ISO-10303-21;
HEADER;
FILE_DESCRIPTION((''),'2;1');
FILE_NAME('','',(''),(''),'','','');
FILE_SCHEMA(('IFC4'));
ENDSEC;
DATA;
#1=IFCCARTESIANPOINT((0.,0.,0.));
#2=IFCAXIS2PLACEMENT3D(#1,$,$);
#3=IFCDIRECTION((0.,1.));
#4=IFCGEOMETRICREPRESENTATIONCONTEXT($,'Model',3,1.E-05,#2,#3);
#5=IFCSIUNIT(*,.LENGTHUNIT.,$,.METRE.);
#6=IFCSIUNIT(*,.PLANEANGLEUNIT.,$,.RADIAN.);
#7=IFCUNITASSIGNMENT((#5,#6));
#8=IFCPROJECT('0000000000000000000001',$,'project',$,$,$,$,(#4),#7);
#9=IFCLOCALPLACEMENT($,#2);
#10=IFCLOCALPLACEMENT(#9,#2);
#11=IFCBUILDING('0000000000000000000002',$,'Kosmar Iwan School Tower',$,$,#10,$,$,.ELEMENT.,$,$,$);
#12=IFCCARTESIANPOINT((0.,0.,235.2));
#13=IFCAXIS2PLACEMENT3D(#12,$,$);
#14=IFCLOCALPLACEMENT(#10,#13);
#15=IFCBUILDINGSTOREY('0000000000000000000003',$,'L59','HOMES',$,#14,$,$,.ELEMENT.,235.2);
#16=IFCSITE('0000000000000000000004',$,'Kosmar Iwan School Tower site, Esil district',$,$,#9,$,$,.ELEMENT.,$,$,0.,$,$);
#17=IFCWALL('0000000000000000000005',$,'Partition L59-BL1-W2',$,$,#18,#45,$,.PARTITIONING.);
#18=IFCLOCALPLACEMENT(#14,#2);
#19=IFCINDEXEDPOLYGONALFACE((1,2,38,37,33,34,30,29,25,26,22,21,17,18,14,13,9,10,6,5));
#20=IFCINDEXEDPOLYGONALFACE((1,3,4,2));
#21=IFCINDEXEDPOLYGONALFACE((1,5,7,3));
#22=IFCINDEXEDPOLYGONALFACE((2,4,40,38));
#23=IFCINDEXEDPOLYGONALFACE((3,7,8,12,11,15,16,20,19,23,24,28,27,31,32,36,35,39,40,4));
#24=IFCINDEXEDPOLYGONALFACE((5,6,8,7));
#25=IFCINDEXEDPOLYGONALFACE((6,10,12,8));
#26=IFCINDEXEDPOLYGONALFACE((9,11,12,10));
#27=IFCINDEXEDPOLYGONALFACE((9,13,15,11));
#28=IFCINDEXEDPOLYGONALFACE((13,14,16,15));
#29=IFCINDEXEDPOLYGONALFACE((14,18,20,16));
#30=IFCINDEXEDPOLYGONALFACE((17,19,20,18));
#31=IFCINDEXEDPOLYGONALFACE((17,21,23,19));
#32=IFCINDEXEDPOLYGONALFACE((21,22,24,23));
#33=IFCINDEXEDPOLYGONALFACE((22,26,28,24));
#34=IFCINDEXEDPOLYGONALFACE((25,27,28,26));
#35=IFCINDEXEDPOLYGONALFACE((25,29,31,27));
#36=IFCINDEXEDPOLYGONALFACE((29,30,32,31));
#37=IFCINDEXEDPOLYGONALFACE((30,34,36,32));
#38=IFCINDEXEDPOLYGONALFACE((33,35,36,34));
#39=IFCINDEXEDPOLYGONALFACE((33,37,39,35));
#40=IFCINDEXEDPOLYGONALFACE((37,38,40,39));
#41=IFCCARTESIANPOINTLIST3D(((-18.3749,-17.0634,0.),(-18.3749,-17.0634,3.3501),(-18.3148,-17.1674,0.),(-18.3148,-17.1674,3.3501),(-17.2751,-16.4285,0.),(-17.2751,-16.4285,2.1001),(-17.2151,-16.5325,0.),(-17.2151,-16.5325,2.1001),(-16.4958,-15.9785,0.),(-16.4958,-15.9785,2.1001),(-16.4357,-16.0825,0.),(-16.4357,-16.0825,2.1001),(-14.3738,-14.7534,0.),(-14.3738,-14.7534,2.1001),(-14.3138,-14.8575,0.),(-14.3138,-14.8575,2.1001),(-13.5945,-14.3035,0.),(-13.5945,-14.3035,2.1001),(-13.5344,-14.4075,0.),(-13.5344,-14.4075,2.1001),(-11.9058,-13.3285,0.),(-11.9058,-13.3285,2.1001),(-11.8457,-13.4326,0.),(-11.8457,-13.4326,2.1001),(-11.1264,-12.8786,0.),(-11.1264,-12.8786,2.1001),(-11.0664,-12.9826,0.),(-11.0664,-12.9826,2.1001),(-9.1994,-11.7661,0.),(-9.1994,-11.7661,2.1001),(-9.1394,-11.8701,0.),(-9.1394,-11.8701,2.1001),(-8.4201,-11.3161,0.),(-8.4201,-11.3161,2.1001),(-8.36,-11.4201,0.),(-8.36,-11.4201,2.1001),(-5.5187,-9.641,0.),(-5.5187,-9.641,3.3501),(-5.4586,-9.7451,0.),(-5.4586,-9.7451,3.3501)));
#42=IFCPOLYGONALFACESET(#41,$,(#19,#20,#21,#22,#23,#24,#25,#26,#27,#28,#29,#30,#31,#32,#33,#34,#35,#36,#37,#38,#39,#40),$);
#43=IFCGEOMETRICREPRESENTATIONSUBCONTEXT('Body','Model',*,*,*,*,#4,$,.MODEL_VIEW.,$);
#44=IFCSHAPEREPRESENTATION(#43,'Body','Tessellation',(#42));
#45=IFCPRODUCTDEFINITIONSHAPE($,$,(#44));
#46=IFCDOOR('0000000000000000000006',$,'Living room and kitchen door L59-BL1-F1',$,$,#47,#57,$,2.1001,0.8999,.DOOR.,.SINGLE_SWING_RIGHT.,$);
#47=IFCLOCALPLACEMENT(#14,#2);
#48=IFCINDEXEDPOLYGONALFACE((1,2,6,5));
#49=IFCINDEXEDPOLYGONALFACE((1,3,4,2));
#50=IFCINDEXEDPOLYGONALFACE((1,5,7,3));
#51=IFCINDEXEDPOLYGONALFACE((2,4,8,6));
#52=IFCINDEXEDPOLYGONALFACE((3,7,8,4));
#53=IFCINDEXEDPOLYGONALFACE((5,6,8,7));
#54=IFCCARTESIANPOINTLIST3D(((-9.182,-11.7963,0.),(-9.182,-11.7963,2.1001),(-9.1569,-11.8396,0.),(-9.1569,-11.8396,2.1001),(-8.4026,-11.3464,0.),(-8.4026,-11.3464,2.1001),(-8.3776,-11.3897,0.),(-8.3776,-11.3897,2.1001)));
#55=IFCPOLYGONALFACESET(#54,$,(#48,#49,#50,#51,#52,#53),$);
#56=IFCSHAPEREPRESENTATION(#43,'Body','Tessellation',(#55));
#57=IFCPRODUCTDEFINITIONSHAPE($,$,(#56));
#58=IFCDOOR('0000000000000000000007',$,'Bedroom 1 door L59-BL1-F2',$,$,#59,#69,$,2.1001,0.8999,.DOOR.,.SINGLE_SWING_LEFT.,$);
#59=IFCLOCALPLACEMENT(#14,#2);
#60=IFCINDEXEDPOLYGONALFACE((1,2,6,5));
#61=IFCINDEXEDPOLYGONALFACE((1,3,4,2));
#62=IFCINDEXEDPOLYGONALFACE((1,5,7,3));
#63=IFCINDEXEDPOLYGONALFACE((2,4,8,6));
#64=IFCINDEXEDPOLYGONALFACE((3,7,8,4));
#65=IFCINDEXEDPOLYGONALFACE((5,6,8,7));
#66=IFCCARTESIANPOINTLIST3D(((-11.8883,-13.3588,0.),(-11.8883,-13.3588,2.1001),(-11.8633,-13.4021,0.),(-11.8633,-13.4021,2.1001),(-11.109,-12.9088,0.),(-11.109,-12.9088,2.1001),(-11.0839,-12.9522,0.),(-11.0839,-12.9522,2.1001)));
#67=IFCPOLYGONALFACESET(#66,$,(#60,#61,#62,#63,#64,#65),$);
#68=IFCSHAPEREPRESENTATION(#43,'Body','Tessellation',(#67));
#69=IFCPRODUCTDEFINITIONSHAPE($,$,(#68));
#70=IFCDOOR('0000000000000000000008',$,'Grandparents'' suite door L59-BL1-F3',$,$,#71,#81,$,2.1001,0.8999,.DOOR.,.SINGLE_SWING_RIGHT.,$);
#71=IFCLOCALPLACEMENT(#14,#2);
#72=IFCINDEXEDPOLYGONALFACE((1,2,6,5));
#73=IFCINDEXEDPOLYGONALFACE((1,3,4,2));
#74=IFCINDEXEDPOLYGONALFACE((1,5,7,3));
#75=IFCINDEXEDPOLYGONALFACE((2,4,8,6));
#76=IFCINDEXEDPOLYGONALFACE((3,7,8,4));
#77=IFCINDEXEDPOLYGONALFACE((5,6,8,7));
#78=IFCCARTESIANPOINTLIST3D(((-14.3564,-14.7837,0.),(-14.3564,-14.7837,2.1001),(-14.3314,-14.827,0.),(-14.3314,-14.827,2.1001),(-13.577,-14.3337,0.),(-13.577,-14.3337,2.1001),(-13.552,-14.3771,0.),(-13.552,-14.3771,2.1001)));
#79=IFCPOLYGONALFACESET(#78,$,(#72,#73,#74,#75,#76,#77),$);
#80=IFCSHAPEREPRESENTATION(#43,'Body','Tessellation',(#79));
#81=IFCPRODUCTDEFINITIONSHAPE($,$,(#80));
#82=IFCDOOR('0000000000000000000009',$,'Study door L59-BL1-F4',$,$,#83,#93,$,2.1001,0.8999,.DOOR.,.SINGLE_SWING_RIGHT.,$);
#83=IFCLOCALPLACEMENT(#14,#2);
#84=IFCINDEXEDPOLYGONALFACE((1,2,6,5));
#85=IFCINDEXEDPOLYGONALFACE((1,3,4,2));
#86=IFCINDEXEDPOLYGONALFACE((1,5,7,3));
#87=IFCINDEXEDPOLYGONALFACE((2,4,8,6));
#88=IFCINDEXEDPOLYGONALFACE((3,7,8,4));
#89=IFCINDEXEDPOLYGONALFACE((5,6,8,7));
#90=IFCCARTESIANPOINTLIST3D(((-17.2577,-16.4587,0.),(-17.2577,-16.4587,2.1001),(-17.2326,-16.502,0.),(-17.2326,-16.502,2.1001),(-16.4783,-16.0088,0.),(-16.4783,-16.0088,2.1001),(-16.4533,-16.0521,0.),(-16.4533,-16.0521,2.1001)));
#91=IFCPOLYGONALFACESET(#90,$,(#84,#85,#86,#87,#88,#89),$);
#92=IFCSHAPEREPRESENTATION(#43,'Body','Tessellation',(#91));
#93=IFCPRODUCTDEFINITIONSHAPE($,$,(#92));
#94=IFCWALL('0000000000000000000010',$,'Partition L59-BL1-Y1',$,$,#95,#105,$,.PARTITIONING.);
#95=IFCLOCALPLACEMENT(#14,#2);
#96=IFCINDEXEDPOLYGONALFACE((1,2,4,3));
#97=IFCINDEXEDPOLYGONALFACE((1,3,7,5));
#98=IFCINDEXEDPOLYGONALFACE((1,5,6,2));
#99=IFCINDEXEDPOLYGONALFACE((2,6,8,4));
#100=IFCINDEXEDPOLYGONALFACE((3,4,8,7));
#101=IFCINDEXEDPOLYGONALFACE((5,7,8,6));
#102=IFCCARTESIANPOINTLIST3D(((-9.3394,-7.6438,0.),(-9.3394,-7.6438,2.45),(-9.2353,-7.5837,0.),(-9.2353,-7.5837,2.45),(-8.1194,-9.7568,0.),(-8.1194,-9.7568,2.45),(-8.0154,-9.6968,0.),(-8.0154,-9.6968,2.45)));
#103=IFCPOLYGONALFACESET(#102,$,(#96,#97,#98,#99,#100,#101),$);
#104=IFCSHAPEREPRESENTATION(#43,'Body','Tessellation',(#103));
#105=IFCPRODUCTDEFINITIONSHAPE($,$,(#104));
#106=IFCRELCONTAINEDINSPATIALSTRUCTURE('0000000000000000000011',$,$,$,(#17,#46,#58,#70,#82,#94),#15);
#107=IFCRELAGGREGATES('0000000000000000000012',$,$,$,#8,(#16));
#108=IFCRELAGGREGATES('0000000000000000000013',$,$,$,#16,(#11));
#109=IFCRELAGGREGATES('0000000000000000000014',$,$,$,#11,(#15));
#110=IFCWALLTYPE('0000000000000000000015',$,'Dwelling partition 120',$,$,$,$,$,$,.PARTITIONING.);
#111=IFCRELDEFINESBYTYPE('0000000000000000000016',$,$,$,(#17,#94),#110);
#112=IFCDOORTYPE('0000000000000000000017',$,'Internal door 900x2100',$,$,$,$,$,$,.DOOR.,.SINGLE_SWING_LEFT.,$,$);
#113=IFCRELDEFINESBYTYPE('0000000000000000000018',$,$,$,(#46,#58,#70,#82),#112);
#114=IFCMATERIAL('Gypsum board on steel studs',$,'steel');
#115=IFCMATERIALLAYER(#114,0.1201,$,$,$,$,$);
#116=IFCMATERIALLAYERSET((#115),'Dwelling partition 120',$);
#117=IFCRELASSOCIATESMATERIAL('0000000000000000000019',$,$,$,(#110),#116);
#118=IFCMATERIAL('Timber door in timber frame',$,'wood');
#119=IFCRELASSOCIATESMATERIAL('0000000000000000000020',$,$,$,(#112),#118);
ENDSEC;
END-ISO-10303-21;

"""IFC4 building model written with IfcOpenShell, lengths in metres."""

from ifc_helpers import new_model, si_unit, direction, frame, frame_2d, origin, place, context, subcontext, project, spatial, rectangle, extrude, material, layer, layer_set, type_object, element, fill, save


model = new_model("IFC4")

# Units and contexts
model_context = context("Model", 3, precision=1e-05, world=origin(), true_north=direction((0.0, 1.0)))
body_context = subcontext(model_context, "Body", "Model", "MODEL_VIEW")
ifc_project = project(units=[si_unit("LENGTHUNIT", "METRE"), si_unit("PLANEANGLEUNIT", "RADIAN")], contexts=[model_context])

# Site, building, storey
site_placement = place(None, origin())
site = spatial("IfcSite", under=ifc_project, at=site_placement, Name="Kosmar Iwan School Tower site, Esil district", CompositionType="ELEMENT", RefElevation=0.0)
building_placement = place(site_placement, origin())
building = spatial("IfcBuilding", under=site, at=building_placement, Name="Kosmar Iwan School Tower", CompositionType="ELEMENT")
storey_placement = place(building_placement, frame((0.0, 0.0, 235.2)))
storey = spatial("IfcBuildingStorey", under=building, at=storey_placement, Name="L59", Description="HOMES", CompositionType="ELEMENT", Elevation=235.2)

# Wall, openings, doors
ifc_material_1 = material(Name="Gypsum board on steel studs", Category="steel")
ifc_layer_1 = layer(ifc_material_1, 0.1201)
ifc_layer_set_1 = layer_set([ifc_layer_1], Name="Dwelling partition 120")
wall_type_1 = type_object("IfcWallType", Name="Dwelling partition 120", PredefinedType="PARTITIONING", material=ifc_layer_set_1)
ifc_material_2 = material(Name="Timber door in timber frame", Category="wood")
door_type_1 = type_object("IfcDoorType", Name="Internal door 900x2100", OperationType="SINGLE_SWING_LEFT", PredefinedType="DOOR", material=ifc_material_2)
wall_1_placement = place(storey_placement, frame((-5.4888, -9.6931, 0.0), z_axis=(0.0, 0.0, 1.0), x_axis=(-0.86603, -0.499992, 0.0)))
wall_1 = element("IfcWall", 1, at=wall_1_placement, inside=storey, type_object=wall_type_1, Name="Partition L59-BL1-W2", PredefinedType="PARTITIONING", context=body_context, shape_type="SweptSolid", body=[
    extrude(rectangle(XDim=14.845, YDim=0.1201, at=frame_2d((7.4224, 0.0))), origin(), (0.0, 0.0, 1.0), 3.3501),
])
opening_1_placement = place(wall_1_placement, frame((3.3501, 0.0, 0.0)))
opening_1 = element("IfcOpeningElement", 2, at=opening_1_placement, cuts=wall_1, PredefinedType="OPENING", context=body_context, shape_type="SweptSolid", body=[
    extrude(rectangle(XDim=0.8999, YDim=2.1001, at=frame_2d((0.45, 1.05))), frame((0.0, 0.072, 0.0), z_axis=(0.0, -1.0, 0.0), x_axis=(1.0, 0.0, 0.0)), (0.0, 0.0, 1.0), 0.144),
])
opening_2_placement = place(wall_1_placement, frame((6.4751, 0.0, 0.0)))
opening_2 = element("IfcOpeningElement", 3, at=opening_2_placement, cuts=wall_1, PredefinedType="OPENING", context=body_context, shape_type="SweptSolid", body=[
    extrude(rectangle(XDim=0.8999, YDim=2.1001, at=frame_2d((0.45, 1.05))), frame((0.0, 0.072, 0.0), z_axis=(0.0, -1.0, 0.0), x_axis=(1.0, 0.0, 0.0)), (0.0, 0.0, 1.0), 0.144),
])
opening_3_placement = place(wall_1_placement, frame((9.325, 0.0, 0.0)))
opening_3 = element("IfcOpeningElement", 4, at=opening_3_placement, cuts=wall_1, PredefinedType="OPENING", context=body_context, shape_type="SweptSolid", body=[
    extrude(rectangle(XDim=0.8999, YDim=2.1001, at=frame_2d((0.45, 1.05))), frame((0.0, 0.072, 0.0), z_axis=(0.0, -1.0, 0.0), x_axis=(1.0, 0.0, 0.0)), (0.0, 0.0, 1.0), 0.144),
])
opening_4_placement = place(wall_1_placement, frame((12.675, 0.0, 0.0)))
opening_4 = element("IfcOpeningElement", 5, at=opening_4_placement, cuts=wall_1, PredefinedType="OPENING", context=body_context, shape_type="SweptSolid", body=[
    extrude(rectangle(XDim=0.8999, YDim=2.1001, at=frame_2d((0.45, 1.05))), frame((0.0, 0.072, 0.0), z_axis=(0.0, -1.0, 0.0), x_axis=(1.0, 0.0, 0.0)), (0.0, 0.0, 1.0), 0.144),
])
door_1_placement = place(opening_1_placement, origin())
door_1 = element("IfcDoor", 6, at=door_1_placement, inside=storey, type_object=door_type_1, Name="Living room and kitchen door L59-BL1-F1", OperationType="SINGLE_SWING_RIGHT", OverallHeight=2.1001, OverallWidth=0.8999, PredefinedType="DOOR", context=body_context, shape_type="SweptSolid", body=[
    extrude(rectangle(XDim=0.8999, YDim=2.1001, at=frame_2d((0.45, 1.05))), frame((0.0, 0.0249, 0.0), z_axis=(0.0, -1.0, 0.0), x_axis=(1.0, 0.0, 0.0)), (0.0, 0.0, 1.0), 0.05),
])
fill(opening_1, door_1)
door_2_placement = place(opening_2_placement, origin())
door_2 = element("IfcDoor", 7, at=door_2_placement, inside=storey, type_object=door_type_1, Name="Bedroom 1 door L59-BL1-F2", OperationType="SINGLE_SWING_LEFT", OverallHeight=2.1001, OverallWidth=0.8999, PredefinedType="DOOR", context=body_context, shape_type="SweptSolid", body=[
    extrude(rectangle(XDim=0.8999, YDim=2.1001, at=frame_2d((0.45, 1.05))), frame((0.0, 0.0249, 0.0), z_axis=(0.0, -1.0, 0.0), x_axis=(1.0, 0.0, 0.0)), (0.0, 0.0, 1.0), 0.05),
])
fill(opening_2, door_2)
door_3_placement = place(opening_3_placement, origin())
door_3 = element("IfcDoor", 8, at=door_3_placement, inside=storey, type_object=door_type_1, Name="Grandparents' suite door L59-BL1-F3", OperationType="SINGLE_SWING_RIGHT", OverallHeight=2.1001, OverallWidth=0.8999, PredefinedType="DOOR", context=body_context, shape_type="SweptSolid", body=[
    extrude(rectangle(XDim=0.8999, YDim=2.1001, at=frame_2d((0.45, 1.05))), frame((0.0, 0.0249, 0.0), z_axis=(0.0, -1.0, 0.0), x_axis=(1.0, 0.0, 0.0)), (0.0, 0.0, 1.0), 0.05),
])
fill(opening_3, door_3)
door_4_placement = place(opening_4_placement, origin())
door_4 = element("IfcDoor", 9, at=door_4_placement, inside=storey, type_object=door_type_1, Name="Study door L59-BL1-F4", OperationType="SINGLE_SWING_RIGHT", OverallHeight=2.1001, OverallWidth=0.8999, PredefinedType="DOOR", context=body_context, shape_type="SweptSolid", body=[
    extrude(rectangle(XDim=0.8999, YDim=2.1001, at=frame_2d((0.45, 1.05))), frame((0.0, 0.0249, 0.0), z_axis=(0.0, -1.0, 0.0), x_axis=(1.0, 0.0, 0.0)), (0.0, 0.0, 1.0), 0.05),
])
fill(opening_4, door_4)

# Wall
wall_2_placement = place(storey_placement, frame((-9.2874, -7.6138, 0.0), z_axis=(0.0, 0.0, 1.0), x_axis=(0.500003, -0.866024, 0.0)))
element("IfcWall", 10, at=wall_2_placement, inside=storey, type_object=wall_type_1, Name="Partition L59-BL1-Y1", PredefinedType="PARTITIONING", context=body_context, shape_type="SweptSolid", body=[
    extrude(rectangle(XDim=2.4399, YDim=0.1201, at=frame_2d((1.22, 0.0))), origin(), (0.0, 0.0, 1.0), 2.45),
])

save(model, "model.ifc")
